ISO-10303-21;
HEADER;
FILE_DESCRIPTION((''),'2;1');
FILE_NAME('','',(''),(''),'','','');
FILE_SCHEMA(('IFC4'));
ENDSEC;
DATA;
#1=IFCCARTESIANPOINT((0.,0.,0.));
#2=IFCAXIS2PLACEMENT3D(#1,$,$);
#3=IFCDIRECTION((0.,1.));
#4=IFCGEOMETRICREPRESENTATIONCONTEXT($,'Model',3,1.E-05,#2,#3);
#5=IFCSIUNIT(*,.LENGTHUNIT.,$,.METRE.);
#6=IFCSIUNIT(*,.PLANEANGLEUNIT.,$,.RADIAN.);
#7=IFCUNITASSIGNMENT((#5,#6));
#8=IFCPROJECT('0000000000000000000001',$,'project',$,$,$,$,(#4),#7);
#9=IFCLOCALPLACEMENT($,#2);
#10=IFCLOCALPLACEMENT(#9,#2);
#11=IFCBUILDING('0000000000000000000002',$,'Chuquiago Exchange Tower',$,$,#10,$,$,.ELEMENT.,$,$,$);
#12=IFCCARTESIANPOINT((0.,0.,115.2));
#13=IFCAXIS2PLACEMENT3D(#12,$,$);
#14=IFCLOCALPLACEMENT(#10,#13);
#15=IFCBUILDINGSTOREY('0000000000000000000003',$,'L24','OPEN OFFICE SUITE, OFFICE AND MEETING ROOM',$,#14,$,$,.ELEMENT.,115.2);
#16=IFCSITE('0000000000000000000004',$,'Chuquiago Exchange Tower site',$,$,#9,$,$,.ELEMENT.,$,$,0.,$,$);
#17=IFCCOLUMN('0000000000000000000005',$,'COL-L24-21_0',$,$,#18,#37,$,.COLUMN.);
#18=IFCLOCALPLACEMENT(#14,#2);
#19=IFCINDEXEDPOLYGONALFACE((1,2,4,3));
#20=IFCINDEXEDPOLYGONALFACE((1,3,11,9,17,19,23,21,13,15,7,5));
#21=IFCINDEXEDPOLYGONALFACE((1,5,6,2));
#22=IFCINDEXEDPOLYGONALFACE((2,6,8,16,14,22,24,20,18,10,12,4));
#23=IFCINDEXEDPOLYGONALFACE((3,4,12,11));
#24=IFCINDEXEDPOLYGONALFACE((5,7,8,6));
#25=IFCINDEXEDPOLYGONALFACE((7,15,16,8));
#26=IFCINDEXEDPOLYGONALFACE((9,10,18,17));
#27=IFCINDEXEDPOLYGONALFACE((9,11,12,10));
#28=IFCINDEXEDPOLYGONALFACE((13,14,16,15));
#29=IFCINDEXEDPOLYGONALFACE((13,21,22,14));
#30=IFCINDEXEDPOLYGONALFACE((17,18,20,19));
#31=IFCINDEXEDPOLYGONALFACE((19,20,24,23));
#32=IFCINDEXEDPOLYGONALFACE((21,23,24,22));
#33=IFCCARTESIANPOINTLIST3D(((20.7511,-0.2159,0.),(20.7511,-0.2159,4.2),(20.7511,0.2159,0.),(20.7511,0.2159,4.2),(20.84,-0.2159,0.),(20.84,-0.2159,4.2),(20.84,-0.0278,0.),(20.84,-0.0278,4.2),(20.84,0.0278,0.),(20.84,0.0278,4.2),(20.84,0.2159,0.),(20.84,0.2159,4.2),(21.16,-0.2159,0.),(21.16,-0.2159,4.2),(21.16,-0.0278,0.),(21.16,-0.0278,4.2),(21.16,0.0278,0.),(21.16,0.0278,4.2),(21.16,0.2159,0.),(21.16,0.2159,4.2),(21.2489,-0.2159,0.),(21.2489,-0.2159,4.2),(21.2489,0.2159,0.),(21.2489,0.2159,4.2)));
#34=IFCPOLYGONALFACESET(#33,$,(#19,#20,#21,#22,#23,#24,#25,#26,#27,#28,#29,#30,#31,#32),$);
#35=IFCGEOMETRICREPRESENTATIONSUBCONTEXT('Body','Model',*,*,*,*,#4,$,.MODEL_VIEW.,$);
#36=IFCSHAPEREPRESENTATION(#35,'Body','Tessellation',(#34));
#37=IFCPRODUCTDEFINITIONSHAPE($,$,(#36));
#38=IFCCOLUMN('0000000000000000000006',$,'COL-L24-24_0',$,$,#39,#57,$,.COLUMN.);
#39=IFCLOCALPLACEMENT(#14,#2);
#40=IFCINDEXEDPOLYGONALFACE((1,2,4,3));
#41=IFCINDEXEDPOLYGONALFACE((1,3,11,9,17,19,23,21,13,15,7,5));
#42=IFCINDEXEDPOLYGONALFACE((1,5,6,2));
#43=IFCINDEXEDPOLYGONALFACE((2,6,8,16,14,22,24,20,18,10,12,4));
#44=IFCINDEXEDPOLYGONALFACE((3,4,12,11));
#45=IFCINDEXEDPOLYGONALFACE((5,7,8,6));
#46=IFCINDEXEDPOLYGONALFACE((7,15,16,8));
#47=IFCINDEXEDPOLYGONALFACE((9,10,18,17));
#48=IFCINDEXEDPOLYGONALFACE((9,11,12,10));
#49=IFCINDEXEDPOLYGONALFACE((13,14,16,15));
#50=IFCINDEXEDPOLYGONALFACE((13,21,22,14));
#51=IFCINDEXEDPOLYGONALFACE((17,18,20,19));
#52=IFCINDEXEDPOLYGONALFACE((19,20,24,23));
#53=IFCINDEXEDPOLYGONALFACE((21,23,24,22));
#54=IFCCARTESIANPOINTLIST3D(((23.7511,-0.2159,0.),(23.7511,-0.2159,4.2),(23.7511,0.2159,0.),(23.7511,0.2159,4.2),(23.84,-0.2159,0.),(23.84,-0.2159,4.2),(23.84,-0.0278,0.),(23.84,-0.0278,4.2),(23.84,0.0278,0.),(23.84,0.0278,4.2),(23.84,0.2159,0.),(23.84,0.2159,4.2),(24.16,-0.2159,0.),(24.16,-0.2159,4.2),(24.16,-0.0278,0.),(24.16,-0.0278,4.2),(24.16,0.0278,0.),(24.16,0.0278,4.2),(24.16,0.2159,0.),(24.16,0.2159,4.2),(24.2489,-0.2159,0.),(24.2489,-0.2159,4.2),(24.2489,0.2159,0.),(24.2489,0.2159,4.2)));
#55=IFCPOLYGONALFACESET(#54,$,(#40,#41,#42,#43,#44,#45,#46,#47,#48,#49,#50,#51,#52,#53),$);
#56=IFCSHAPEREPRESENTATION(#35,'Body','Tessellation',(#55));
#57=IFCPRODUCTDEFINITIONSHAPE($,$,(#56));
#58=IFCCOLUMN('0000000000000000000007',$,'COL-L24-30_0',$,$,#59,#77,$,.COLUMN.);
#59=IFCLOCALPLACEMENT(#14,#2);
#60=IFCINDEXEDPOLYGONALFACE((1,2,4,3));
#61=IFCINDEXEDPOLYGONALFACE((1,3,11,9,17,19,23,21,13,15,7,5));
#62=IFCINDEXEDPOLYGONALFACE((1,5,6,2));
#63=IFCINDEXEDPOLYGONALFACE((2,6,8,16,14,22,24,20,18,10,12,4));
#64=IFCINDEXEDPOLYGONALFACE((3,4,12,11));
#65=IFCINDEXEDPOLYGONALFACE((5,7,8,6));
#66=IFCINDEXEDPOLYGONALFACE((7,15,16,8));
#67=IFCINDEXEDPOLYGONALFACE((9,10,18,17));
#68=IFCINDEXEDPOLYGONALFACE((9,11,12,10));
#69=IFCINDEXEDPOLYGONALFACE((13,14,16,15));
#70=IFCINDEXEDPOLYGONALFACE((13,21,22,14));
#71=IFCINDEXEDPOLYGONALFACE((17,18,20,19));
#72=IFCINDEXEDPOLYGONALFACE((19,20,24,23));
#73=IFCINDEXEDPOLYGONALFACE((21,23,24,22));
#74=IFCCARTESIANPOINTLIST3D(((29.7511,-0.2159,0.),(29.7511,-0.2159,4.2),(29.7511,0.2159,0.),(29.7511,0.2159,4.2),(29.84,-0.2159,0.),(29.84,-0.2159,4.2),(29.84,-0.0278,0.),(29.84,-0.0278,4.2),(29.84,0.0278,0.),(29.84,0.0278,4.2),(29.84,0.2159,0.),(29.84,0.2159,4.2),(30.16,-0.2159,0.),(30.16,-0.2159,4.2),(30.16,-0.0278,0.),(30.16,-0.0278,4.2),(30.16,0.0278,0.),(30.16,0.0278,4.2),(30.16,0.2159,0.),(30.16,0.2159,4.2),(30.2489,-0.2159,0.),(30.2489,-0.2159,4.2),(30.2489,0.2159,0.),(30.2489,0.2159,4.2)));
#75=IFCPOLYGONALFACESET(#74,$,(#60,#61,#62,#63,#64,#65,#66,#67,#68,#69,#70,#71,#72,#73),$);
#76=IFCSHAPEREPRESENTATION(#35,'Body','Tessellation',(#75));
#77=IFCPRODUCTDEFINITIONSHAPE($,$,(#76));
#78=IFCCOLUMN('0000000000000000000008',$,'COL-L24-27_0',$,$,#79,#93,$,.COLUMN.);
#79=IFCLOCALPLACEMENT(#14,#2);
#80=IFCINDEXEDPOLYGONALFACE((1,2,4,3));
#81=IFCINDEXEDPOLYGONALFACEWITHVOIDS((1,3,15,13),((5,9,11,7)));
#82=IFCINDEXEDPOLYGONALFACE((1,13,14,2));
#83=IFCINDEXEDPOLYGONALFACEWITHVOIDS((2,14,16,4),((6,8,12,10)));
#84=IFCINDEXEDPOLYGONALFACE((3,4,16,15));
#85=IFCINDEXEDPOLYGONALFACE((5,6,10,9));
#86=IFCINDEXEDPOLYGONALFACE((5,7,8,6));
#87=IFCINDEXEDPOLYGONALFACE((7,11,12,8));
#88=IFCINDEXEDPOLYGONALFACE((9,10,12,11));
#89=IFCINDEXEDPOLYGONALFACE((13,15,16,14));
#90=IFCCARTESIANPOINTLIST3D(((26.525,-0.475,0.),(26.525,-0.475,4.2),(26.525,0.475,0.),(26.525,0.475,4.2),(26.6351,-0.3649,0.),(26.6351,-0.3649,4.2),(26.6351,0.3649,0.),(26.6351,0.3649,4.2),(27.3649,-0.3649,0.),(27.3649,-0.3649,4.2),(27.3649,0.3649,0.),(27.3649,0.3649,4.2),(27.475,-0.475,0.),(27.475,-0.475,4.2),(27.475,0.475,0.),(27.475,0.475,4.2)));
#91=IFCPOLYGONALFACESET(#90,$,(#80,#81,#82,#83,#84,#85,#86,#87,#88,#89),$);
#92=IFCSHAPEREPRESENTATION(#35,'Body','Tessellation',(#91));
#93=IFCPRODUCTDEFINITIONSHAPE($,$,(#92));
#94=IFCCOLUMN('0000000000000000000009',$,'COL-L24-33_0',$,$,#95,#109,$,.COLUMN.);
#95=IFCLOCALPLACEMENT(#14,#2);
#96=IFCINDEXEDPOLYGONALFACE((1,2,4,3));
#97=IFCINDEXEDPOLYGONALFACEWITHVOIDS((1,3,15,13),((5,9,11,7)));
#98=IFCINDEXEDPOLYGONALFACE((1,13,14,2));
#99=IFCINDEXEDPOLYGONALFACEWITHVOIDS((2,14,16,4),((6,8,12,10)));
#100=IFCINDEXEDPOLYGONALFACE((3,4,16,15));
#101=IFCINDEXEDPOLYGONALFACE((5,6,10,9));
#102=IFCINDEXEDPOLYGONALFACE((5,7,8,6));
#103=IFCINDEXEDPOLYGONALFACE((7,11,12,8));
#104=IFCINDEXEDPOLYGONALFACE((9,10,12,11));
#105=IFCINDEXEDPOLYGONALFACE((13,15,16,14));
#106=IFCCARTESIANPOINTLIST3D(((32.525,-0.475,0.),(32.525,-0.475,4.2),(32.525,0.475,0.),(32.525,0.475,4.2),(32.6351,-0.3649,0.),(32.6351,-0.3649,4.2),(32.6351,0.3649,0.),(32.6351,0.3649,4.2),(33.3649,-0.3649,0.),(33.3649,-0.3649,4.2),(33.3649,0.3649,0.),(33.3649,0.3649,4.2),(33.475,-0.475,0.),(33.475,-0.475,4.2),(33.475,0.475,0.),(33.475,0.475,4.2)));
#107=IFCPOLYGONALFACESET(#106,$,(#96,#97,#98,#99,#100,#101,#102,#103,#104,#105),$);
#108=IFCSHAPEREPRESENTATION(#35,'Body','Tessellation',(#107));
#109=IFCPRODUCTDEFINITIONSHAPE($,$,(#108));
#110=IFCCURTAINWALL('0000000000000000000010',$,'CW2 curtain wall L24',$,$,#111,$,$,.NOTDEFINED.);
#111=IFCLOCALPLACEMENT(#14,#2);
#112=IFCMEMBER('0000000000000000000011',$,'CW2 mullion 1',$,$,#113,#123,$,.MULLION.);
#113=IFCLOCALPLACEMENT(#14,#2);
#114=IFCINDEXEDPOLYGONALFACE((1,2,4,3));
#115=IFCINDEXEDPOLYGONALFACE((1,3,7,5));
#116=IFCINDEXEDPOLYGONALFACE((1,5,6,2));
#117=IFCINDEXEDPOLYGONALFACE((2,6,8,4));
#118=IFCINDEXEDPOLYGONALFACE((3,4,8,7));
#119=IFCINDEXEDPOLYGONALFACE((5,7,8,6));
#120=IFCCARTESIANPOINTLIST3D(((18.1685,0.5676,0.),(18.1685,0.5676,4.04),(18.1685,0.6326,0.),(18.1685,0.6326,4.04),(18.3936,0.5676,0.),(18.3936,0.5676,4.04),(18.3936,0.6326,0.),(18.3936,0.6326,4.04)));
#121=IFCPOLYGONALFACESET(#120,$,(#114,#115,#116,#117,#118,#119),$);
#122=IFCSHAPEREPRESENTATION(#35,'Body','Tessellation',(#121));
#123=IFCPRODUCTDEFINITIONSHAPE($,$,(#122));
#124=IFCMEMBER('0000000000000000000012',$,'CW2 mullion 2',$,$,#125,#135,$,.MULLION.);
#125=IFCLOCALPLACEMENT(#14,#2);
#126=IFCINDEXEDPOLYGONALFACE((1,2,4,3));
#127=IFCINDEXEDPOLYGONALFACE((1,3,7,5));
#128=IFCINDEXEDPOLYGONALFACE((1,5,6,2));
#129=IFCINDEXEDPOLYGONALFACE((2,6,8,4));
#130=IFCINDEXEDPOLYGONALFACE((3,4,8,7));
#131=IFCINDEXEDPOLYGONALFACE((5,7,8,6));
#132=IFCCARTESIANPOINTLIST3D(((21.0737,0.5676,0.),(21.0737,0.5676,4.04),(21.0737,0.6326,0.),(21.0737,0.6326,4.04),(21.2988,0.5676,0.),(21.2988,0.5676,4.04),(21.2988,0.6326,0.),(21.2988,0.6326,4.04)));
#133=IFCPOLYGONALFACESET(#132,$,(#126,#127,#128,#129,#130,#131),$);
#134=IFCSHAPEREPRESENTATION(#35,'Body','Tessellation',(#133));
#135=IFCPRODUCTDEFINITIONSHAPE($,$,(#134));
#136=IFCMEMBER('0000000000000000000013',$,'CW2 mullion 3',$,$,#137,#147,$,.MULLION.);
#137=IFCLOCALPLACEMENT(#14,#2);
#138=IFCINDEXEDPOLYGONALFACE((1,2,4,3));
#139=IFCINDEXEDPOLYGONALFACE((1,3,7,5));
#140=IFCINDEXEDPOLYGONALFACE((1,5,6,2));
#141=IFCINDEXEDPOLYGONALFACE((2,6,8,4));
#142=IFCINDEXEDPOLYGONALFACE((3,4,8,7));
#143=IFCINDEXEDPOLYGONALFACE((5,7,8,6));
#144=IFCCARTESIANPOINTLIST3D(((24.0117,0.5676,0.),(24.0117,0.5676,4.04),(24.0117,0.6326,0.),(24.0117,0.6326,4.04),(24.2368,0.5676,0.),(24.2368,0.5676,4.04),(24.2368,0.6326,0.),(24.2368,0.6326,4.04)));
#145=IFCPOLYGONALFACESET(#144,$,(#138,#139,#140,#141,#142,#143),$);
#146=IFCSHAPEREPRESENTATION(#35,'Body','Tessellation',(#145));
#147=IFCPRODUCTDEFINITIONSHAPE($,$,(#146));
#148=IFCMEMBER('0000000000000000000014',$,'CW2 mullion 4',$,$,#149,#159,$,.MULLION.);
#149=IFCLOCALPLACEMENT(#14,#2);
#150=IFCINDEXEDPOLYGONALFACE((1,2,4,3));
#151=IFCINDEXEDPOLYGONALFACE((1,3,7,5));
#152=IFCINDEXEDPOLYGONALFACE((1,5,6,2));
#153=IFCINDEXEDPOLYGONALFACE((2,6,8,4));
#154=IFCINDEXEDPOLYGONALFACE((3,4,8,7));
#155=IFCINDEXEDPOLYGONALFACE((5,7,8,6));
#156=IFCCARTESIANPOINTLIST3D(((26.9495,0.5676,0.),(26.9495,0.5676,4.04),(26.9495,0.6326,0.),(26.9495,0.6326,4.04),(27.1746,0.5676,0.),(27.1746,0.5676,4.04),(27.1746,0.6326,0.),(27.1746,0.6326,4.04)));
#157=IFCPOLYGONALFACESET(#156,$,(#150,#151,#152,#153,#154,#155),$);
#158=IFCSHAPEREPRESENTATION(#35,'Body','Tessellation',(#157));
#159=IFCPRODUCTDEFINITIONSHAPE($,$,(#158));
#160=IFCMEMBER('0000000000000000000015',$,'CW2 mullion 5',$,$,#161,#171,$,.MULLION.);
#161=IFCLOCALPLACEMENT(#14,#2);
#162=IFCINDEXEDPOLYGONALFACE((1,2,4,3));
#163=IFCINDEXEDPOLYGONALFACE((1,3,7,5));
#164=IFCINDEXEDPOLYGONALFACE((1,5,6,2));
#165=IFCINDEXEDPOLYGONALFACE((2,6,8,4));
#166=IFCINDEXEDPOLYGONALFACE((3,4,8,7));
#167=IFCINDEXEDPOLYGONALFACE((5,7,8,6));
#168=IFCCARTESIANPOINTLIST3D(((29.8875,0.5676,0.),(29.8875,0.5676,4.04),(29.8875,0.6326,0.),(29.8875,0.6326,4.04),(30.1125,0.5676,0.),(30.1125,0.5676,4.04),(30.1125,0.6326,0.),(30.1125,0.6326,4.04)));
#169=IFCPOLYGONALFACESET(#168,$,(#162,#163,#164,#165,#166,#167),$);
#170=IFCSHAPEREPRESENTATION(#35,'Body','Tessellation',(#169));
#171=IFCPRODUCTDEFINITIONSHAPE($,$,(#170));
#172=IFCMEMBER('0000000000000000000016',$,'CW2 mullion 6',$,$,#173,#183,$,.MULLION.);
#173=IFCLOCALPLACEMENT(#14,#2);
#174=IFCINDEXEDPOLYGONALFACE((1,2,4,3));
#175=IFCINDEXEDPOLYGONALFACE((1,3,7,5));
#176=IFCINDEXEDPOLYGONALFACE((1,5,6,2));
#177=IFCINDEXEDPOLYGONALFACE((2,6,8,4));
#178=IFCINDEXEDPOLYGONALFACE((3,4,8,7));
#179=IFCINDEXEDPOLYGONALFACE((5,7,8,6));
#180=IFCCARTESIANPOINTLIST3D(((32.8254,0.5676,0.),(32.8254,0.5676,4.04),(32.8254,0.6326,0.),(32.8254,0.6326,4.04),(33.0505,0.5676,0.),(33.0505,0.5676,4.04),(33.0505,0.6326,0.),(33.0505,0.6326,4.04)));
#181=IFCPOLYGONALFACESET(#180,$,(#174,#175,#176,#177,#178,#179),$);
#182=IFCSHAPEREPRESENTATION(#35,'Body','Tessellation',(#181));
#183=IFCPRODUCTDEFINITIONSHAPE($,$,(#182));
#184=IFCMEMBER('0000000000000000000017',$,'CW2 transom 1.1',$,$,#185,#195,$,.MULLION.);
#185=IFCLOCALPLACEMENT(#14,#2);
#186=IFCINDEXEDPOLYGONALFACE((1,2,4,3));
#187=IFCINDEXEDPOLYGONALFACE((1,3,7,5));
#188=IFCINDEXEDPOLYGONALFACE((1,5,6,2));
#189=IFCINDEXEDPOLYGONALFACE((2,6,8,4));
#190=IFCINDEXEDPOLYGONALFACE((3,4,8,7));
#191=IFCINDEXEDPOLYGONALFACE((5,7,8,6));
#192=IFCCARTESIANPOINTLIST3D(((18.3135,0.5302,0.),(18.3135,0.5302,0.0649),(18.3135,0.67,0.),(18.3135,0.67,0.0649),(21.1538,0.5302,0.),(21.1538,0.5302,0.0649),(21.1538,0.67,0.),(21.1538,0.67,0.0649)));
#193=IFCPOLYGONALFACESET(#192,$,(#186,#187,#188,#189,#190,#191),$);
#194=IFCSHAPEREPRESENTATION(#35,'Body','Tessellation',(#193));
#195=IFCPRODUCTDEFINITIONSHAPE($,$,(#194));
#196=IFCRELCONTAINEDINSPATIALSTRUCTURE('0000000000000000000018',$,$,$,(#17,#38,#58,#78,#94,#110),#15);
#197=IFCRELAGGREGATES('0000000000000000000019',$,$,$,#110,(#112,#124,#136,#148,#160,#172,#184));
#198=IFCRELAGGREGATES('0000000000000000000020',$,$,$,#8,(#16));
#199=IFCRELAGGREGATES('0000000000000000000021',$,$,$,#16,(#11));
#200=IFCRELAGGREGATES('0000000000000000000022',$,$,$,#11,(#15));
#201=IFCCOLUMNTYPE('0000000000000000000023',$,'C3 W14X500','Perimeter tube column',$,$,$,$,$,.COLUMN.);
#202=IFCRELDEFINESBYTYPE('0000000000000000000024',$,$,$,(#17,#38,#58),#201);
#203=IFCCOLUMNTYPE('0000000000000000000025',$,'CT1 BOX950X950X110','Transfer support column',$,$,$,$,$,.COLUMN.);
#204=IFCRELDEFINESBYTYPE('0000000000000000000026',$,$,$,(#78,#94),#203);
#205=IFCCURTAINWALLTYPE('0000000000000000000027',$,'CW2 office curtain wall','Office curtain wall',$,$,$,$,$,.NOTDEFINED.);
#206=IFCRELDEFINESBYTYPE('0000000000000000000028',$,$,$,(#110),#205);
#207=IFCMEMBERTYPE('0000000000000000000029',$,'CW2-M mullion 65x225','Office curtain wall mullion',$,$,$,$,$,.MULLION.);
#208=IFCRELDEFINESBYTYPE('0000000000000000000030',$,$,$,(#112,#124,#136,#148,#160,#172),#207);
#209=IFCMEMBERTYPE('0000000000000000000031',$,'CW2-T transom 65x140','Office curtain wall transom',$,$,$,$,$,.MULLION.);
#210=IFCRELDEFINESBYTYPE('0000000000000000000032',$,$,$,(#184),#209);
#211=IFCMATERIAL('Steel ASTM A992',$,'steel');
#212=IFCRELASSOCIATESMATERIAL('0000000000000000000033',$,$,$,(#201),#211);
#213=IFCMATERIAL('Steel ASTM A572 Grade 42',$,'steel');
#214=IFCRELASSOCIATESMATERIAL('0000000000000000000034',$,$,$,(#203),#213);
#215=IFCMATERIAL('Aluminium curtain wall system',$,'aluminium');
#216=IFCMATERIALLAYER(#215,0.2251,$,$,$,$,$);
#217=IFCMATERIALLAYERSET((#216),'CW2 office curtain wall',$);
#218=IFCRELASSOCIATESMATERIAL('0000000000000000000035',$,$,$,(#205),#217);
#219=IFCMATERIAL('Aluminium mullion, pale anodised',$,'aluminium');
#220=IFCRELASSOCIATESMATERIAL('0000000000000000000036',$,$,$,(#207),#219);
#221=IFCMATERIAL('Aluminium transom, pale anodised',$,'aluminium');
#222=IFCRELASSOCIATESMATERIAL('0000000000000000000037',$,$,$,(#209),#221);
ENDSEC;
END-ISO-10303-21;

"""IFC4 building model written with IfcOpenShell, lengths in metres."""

from ifc_helpers import new_model, si_unit, direction, frame, origin, origin_2d, place, context, subcontext, project, spatial, rectangle, hollow_rectangle, i_section, extrude, material, layer, layer_set, material_profile, profile_set, type_object, element, aggregate, save


model = new_model("IFC4")

# Units and contexts
model_context = context("Model", 3, precision=1e-05, world=origin(), true_north=direction((0.0, 1.0)))
body_context = subcontext(model_context, "Body", "Model", "MODEL_VIEW")
ifc_project = project(units=[si_unit("LENGTHUNIT", "METRE"), si_unit("PLANEANGLEUNIT", "RADIAN")], contexts=[model_context])

# Site, building, storey
site_placement = place(None, origin())
site = spatial("IfcSite", under=ifc_project, at=site_placement, Name="Chuquiago Exchange Tower site", CompositionType="ELEMENT", RefElevation=0.0)
building_placement = place(site_placement, origin())
building = spatial("IfcBuilding", under=site, at=building_placement, Name="Chuquiago Exchange Tower", CompositionType="ELEMENT")
storey_placement = place(building_placement, frame((0.0, 0.0, 115.2)))
storey = spatial("IfcBuildingStorey", under=building, at=storey_placement, Name="L24", Description="OPEN OFFICE SUITE, OFFICE AND MEETING ROOM", CompositionType="ELEMENT", Elevation=115.2)

# Columns
ifc_material_1 = material(Name="Steel ASTM A992", Category="steel")
ifc_material_profile_1 = material_profile(ifc_material_1, i_section(OverallWidth=0.4319, OverallDepth=0.4978, WebThickness=0.0557, FlangeThickness=0.0889, at=origin_2d()), Name="W14X500")
ifc_profile_set_1 = profile_set([ifc_material_profile_1], Name="Steel ASTM A992")
column_type_1 = type_object("IfcColumnType", Name="C3 W14X500", Description="Perimeter tube column", PredefinedType="COLUMN", material=ifc_profile_set_1)
for number, where, z_axis, x_axis, name in (
    (1, (21.0, 0.0, 0.0), (0.0, 0.0, 1.0), (0.0, -1.0, 0.0), "COL-L24-21_0"),
    (2, (24.0, 0.0, 0.0), (0.0, 0.0, 1.0), (0.0, -1.0, 0.0), "COL-L24-24_0"),
    (3, (30.0, 0.0, 0.0), (0.0, 0.0, 1.0), (0.0, -1.0, 0.0), "COL-L24-30_0"),
):
    element("IfcColumn", number, at=place(storey_placement, frame(where, z_axis=z_axis, x_axis=x_axis)), inside=storey, type_object=column_type_1, Name=name, PredefinedType="COLUMN", context=body_context, shape_type="SweptSolid", body=[
        extrude(i_section(OverallWidth=0.4319, OverallDepth=0.4978, WebThickness=0.0557, FlangeThickness=0.0889, at=origin_2d()), origin(), (0.0, 0.0, 1.0), 4.2),
    ])
ifc_material_2 = material(Name="Steel ASTM A572 Grade 42", Category="steel")
ifc_material_profile_2 = material_profile(ifc_material_2, hollow_rectangle(XDim=0.95, YDim=0.95, WallThickness=0.1101, at=origin_2d()), Name="BOX950X950X110")
ifc_profile_set_2 = profile_set([ifc_material_profile_2], Name="Steel ASTM A572 Grade 42")
column_type_2 = type_object("IfcColumnType", Name="CT1 BOX950X950X110", Description="Transfer support column", PredefinedType="COLUMN", material=ifc_profile_set_2)
for number, where, z_axis, x_axis, name in (
    (4, (27.0, 0.0, 0.0), (0.0, 0.0, 1.0), (0.0, -1.0, 0.0), "COL-L24-27_0"),
    (5, (33.0, 0.0, 0.0), (0.0, 0.0, 1.0), (0.0, -1.0, 0.0), "COL-L24-33_0"),
):
    element("IfcColumn", number, at=place(storey_placement, frame(where, z_axis=z_axis, x_axis=x_axis)), inside=storey, type_object=column_type_2, Name=name, PredefinedType="COLUMN", context=body_context, shape_type="SweptSolid", body=[
        extrude(hollow_rectangle(XDim=0.95, YDim=0.95, WallThickness=0.1101, at=origin_2d()), origin(), (0.0, 0.0, 1.0), 4.2),
    ])

# Curtain wall, members
ifc_material_3 = material(Name="Aluminium curtain wall system", Category="aluminium")
ifc_layer_1 = layer(ifc_material_3, 0.2251)
ifc_layer_set_1 = layer_set([ifc_layer_1], Name="CW2 office curtain wall")
curtain_wall_type_1 = type_object("IfcCurtainWallType", Name="CW2 office curtain wall", Description="Office curtain wall", PredefinedType="NOTDEFINED", material=ifc_layer_set_1)
curtain_wall_1_placement = place(storey_placement, origin())
curtain_wall_1 = element("IfcCurtainWall", 6, at=curtain_wall_1_placement, inside=storey, type_object=curtain_wall_type_1, Name="CW2 curtain wall L24", PredefinedType="NOTDEFINED")
ifc_material_4 = material(Name="Aluminium mullion, pale anodised", Category="aluminium")
ifc_material_profile_3 = material_profile(ifc_material_4, rectangle(XDim=0.0649, YDim=0.2251, at=origin_2d()), Name="AL 65x225")
ifc_profile_set_3 = profile_set([ifc_material_profile_3], Name="Aluminium mullion, pale anodised")
member_type_1 = type_object("IfcMemberType", Name="CW2-M mullion 65x225", Description="Office curtain wall mullion", PredefinedType="MULLION", material=ifc_profile_set_3)
member_1_placement = place(storey_placement, frame((18.281, 0.6001, 0.0), z_axis=(0.0, 0.0, 1.0), x_axis=(0.0, 1.0, 0.0)))
member_1 = element("IfcMember", 7, at=member_1_placement, type_object=member_type_1, Name="CW2 mullion 1", PredefinedType="MULLION", context=body_context, shape_type="SweptSolid", body=[
    extrude(rectangle(XDim=0.0649, YDim=0.2251, at=origin_2d()), origin(), (0.0, 0.0, 1.0), 4.04),
])
member_2_placement = place(storey_placement, frame((21.1863, 0.6001, 0.0), z_axis=(0.0, 0.0, 1.0), x_axis=(0.0, 1.0, 0.0)))
member_2 = element("IfcMember", 8, at=member_2_placement, type_object=member_type_1, Name="CW2 mullion 2", PredefinedType="MULLION", context=body_context, shape_type="SweptSolid", body=[
    extrude(rectangle(XDim=0.0649, YDim=0.2251, at=origin_2d()), origin(), (0.0, 0.0, 1.0), 4.04),
])
member_3_placement = place(storey_placement, frame((24.1243, 0.6001, 0.0), z_axis=(0.0, 0.0, 1.0), x_axis=(0.0, 1.0, 0.0)))
member_3 = element("IfcMember", 9, at=member_3_placement, type_object=member_type_1, Name="CW2 mullion 3", PredefinedType="MULLION", context=body_context, shape_type="SweptSolid", body=[
    extrude(rectangle(XDim=0.0649, YDim=0.2251, at=origin_2d()), origin(), (0.0, 0.0, 1.0), 4.04),
])
member_4_placement = place(storey_placement, frame((27.062, 0.6001, 0.0), z_axis=(0.0, 0.0, 1.0), x_axis=(0.0, 1.0, 0.0)))
member_4 = element("IfcMember", 10, at=member_4_placement, type_object=member_type_1, Name="CW2 mullion 4", PredefinedType="MULLION", context=body_context, shape_type="SweptSolid", body=[
    extrude(rectangle(XDim=0.0649, YDim=0.2251, at=origin_2d()), origin(), (0.0, 0.0, 1.0), 4.04),
])
member_5_placement = place(storey_placement, frame((30.0, 0.6001, 0.0), z_axis=(0.0, 0.0, 1.0), x_axis=(0.0, 1.0, 0.0)))
member_5 = element("IfcMember", 11, at=member_5_placement, type_object=member_type_1, Name="CW2 mullion 5", PredefinedType="MULLION", context=body_context, shape_type="SweptSolid", body=[
    extrude(rectangle(XDim=0.0649, YDim=0.2251, at=origin_2d()), origin(), (0.0, 0.0, 1.0), 4.04),
])
member_6_placement = place(storey_placement, frame((32.938, 0.6001, 0.0), z_axis=(0.0, 0.0, 1.0), x_axis=(0.0, 1.0, 0.0)))
member_6 = element("IfcMember", 12, at=member_6_placement, type_object=member_type_1, Name="CW2 mullion 6", PredefinedType="MULLION", context=body_context, shape_type="SweptSolid", body=[
    extrude(rectangle(XDim=0.0649, YDim=0.2251, at=origin_2d()), origin(), (0.0, 0.0, 1.0), 4.04),
])
ifc_material_5 = material(Name="Aluminium transom, pale anodised", Category="aluminium")
ifc_material_profile_4 = material_profile(ifc_material_5, rectangle(XDim=0.1399, YDim=0.0649, at=origin_2d()), Name="AL 140x65")
ifc_profile_set_4 = profile_set([ifc_material_profile_4], Name="Aluminium transom, pale anodised")
member_type_2 = type_object("IfcMemberType", Name="CW2-T transom 65x140", Description="Office curtain wall transom", PredefinedType="MULLION", material=ifc_profile_set_4)
member_7_placement = place(storey_placement, frame((18.3135, 0.6001, 0.0325), z_axis=(1.0, 0.0, 0.0), x_axis=(0.0, 1.0, 0.0)))
member_7 = element("IfcMember", 13, at=member_7_placement, type_object=member_type_2, Name="CW2 transom 1.1", PredefinedType="MULLION", context=body_context, shape_type="SweptSolid", body=[
    extrude(rectangle(XDim=0.1399, YDim=0.0649, at=origin_2d()), origin(), (0.0, 0.0, 1.0), 2.8403),
])

aggregate(curtain_wall_1, [member_1, member_2, member_3, member_4, member_5, member_6, member_7])

save(model, "model.ifc")
